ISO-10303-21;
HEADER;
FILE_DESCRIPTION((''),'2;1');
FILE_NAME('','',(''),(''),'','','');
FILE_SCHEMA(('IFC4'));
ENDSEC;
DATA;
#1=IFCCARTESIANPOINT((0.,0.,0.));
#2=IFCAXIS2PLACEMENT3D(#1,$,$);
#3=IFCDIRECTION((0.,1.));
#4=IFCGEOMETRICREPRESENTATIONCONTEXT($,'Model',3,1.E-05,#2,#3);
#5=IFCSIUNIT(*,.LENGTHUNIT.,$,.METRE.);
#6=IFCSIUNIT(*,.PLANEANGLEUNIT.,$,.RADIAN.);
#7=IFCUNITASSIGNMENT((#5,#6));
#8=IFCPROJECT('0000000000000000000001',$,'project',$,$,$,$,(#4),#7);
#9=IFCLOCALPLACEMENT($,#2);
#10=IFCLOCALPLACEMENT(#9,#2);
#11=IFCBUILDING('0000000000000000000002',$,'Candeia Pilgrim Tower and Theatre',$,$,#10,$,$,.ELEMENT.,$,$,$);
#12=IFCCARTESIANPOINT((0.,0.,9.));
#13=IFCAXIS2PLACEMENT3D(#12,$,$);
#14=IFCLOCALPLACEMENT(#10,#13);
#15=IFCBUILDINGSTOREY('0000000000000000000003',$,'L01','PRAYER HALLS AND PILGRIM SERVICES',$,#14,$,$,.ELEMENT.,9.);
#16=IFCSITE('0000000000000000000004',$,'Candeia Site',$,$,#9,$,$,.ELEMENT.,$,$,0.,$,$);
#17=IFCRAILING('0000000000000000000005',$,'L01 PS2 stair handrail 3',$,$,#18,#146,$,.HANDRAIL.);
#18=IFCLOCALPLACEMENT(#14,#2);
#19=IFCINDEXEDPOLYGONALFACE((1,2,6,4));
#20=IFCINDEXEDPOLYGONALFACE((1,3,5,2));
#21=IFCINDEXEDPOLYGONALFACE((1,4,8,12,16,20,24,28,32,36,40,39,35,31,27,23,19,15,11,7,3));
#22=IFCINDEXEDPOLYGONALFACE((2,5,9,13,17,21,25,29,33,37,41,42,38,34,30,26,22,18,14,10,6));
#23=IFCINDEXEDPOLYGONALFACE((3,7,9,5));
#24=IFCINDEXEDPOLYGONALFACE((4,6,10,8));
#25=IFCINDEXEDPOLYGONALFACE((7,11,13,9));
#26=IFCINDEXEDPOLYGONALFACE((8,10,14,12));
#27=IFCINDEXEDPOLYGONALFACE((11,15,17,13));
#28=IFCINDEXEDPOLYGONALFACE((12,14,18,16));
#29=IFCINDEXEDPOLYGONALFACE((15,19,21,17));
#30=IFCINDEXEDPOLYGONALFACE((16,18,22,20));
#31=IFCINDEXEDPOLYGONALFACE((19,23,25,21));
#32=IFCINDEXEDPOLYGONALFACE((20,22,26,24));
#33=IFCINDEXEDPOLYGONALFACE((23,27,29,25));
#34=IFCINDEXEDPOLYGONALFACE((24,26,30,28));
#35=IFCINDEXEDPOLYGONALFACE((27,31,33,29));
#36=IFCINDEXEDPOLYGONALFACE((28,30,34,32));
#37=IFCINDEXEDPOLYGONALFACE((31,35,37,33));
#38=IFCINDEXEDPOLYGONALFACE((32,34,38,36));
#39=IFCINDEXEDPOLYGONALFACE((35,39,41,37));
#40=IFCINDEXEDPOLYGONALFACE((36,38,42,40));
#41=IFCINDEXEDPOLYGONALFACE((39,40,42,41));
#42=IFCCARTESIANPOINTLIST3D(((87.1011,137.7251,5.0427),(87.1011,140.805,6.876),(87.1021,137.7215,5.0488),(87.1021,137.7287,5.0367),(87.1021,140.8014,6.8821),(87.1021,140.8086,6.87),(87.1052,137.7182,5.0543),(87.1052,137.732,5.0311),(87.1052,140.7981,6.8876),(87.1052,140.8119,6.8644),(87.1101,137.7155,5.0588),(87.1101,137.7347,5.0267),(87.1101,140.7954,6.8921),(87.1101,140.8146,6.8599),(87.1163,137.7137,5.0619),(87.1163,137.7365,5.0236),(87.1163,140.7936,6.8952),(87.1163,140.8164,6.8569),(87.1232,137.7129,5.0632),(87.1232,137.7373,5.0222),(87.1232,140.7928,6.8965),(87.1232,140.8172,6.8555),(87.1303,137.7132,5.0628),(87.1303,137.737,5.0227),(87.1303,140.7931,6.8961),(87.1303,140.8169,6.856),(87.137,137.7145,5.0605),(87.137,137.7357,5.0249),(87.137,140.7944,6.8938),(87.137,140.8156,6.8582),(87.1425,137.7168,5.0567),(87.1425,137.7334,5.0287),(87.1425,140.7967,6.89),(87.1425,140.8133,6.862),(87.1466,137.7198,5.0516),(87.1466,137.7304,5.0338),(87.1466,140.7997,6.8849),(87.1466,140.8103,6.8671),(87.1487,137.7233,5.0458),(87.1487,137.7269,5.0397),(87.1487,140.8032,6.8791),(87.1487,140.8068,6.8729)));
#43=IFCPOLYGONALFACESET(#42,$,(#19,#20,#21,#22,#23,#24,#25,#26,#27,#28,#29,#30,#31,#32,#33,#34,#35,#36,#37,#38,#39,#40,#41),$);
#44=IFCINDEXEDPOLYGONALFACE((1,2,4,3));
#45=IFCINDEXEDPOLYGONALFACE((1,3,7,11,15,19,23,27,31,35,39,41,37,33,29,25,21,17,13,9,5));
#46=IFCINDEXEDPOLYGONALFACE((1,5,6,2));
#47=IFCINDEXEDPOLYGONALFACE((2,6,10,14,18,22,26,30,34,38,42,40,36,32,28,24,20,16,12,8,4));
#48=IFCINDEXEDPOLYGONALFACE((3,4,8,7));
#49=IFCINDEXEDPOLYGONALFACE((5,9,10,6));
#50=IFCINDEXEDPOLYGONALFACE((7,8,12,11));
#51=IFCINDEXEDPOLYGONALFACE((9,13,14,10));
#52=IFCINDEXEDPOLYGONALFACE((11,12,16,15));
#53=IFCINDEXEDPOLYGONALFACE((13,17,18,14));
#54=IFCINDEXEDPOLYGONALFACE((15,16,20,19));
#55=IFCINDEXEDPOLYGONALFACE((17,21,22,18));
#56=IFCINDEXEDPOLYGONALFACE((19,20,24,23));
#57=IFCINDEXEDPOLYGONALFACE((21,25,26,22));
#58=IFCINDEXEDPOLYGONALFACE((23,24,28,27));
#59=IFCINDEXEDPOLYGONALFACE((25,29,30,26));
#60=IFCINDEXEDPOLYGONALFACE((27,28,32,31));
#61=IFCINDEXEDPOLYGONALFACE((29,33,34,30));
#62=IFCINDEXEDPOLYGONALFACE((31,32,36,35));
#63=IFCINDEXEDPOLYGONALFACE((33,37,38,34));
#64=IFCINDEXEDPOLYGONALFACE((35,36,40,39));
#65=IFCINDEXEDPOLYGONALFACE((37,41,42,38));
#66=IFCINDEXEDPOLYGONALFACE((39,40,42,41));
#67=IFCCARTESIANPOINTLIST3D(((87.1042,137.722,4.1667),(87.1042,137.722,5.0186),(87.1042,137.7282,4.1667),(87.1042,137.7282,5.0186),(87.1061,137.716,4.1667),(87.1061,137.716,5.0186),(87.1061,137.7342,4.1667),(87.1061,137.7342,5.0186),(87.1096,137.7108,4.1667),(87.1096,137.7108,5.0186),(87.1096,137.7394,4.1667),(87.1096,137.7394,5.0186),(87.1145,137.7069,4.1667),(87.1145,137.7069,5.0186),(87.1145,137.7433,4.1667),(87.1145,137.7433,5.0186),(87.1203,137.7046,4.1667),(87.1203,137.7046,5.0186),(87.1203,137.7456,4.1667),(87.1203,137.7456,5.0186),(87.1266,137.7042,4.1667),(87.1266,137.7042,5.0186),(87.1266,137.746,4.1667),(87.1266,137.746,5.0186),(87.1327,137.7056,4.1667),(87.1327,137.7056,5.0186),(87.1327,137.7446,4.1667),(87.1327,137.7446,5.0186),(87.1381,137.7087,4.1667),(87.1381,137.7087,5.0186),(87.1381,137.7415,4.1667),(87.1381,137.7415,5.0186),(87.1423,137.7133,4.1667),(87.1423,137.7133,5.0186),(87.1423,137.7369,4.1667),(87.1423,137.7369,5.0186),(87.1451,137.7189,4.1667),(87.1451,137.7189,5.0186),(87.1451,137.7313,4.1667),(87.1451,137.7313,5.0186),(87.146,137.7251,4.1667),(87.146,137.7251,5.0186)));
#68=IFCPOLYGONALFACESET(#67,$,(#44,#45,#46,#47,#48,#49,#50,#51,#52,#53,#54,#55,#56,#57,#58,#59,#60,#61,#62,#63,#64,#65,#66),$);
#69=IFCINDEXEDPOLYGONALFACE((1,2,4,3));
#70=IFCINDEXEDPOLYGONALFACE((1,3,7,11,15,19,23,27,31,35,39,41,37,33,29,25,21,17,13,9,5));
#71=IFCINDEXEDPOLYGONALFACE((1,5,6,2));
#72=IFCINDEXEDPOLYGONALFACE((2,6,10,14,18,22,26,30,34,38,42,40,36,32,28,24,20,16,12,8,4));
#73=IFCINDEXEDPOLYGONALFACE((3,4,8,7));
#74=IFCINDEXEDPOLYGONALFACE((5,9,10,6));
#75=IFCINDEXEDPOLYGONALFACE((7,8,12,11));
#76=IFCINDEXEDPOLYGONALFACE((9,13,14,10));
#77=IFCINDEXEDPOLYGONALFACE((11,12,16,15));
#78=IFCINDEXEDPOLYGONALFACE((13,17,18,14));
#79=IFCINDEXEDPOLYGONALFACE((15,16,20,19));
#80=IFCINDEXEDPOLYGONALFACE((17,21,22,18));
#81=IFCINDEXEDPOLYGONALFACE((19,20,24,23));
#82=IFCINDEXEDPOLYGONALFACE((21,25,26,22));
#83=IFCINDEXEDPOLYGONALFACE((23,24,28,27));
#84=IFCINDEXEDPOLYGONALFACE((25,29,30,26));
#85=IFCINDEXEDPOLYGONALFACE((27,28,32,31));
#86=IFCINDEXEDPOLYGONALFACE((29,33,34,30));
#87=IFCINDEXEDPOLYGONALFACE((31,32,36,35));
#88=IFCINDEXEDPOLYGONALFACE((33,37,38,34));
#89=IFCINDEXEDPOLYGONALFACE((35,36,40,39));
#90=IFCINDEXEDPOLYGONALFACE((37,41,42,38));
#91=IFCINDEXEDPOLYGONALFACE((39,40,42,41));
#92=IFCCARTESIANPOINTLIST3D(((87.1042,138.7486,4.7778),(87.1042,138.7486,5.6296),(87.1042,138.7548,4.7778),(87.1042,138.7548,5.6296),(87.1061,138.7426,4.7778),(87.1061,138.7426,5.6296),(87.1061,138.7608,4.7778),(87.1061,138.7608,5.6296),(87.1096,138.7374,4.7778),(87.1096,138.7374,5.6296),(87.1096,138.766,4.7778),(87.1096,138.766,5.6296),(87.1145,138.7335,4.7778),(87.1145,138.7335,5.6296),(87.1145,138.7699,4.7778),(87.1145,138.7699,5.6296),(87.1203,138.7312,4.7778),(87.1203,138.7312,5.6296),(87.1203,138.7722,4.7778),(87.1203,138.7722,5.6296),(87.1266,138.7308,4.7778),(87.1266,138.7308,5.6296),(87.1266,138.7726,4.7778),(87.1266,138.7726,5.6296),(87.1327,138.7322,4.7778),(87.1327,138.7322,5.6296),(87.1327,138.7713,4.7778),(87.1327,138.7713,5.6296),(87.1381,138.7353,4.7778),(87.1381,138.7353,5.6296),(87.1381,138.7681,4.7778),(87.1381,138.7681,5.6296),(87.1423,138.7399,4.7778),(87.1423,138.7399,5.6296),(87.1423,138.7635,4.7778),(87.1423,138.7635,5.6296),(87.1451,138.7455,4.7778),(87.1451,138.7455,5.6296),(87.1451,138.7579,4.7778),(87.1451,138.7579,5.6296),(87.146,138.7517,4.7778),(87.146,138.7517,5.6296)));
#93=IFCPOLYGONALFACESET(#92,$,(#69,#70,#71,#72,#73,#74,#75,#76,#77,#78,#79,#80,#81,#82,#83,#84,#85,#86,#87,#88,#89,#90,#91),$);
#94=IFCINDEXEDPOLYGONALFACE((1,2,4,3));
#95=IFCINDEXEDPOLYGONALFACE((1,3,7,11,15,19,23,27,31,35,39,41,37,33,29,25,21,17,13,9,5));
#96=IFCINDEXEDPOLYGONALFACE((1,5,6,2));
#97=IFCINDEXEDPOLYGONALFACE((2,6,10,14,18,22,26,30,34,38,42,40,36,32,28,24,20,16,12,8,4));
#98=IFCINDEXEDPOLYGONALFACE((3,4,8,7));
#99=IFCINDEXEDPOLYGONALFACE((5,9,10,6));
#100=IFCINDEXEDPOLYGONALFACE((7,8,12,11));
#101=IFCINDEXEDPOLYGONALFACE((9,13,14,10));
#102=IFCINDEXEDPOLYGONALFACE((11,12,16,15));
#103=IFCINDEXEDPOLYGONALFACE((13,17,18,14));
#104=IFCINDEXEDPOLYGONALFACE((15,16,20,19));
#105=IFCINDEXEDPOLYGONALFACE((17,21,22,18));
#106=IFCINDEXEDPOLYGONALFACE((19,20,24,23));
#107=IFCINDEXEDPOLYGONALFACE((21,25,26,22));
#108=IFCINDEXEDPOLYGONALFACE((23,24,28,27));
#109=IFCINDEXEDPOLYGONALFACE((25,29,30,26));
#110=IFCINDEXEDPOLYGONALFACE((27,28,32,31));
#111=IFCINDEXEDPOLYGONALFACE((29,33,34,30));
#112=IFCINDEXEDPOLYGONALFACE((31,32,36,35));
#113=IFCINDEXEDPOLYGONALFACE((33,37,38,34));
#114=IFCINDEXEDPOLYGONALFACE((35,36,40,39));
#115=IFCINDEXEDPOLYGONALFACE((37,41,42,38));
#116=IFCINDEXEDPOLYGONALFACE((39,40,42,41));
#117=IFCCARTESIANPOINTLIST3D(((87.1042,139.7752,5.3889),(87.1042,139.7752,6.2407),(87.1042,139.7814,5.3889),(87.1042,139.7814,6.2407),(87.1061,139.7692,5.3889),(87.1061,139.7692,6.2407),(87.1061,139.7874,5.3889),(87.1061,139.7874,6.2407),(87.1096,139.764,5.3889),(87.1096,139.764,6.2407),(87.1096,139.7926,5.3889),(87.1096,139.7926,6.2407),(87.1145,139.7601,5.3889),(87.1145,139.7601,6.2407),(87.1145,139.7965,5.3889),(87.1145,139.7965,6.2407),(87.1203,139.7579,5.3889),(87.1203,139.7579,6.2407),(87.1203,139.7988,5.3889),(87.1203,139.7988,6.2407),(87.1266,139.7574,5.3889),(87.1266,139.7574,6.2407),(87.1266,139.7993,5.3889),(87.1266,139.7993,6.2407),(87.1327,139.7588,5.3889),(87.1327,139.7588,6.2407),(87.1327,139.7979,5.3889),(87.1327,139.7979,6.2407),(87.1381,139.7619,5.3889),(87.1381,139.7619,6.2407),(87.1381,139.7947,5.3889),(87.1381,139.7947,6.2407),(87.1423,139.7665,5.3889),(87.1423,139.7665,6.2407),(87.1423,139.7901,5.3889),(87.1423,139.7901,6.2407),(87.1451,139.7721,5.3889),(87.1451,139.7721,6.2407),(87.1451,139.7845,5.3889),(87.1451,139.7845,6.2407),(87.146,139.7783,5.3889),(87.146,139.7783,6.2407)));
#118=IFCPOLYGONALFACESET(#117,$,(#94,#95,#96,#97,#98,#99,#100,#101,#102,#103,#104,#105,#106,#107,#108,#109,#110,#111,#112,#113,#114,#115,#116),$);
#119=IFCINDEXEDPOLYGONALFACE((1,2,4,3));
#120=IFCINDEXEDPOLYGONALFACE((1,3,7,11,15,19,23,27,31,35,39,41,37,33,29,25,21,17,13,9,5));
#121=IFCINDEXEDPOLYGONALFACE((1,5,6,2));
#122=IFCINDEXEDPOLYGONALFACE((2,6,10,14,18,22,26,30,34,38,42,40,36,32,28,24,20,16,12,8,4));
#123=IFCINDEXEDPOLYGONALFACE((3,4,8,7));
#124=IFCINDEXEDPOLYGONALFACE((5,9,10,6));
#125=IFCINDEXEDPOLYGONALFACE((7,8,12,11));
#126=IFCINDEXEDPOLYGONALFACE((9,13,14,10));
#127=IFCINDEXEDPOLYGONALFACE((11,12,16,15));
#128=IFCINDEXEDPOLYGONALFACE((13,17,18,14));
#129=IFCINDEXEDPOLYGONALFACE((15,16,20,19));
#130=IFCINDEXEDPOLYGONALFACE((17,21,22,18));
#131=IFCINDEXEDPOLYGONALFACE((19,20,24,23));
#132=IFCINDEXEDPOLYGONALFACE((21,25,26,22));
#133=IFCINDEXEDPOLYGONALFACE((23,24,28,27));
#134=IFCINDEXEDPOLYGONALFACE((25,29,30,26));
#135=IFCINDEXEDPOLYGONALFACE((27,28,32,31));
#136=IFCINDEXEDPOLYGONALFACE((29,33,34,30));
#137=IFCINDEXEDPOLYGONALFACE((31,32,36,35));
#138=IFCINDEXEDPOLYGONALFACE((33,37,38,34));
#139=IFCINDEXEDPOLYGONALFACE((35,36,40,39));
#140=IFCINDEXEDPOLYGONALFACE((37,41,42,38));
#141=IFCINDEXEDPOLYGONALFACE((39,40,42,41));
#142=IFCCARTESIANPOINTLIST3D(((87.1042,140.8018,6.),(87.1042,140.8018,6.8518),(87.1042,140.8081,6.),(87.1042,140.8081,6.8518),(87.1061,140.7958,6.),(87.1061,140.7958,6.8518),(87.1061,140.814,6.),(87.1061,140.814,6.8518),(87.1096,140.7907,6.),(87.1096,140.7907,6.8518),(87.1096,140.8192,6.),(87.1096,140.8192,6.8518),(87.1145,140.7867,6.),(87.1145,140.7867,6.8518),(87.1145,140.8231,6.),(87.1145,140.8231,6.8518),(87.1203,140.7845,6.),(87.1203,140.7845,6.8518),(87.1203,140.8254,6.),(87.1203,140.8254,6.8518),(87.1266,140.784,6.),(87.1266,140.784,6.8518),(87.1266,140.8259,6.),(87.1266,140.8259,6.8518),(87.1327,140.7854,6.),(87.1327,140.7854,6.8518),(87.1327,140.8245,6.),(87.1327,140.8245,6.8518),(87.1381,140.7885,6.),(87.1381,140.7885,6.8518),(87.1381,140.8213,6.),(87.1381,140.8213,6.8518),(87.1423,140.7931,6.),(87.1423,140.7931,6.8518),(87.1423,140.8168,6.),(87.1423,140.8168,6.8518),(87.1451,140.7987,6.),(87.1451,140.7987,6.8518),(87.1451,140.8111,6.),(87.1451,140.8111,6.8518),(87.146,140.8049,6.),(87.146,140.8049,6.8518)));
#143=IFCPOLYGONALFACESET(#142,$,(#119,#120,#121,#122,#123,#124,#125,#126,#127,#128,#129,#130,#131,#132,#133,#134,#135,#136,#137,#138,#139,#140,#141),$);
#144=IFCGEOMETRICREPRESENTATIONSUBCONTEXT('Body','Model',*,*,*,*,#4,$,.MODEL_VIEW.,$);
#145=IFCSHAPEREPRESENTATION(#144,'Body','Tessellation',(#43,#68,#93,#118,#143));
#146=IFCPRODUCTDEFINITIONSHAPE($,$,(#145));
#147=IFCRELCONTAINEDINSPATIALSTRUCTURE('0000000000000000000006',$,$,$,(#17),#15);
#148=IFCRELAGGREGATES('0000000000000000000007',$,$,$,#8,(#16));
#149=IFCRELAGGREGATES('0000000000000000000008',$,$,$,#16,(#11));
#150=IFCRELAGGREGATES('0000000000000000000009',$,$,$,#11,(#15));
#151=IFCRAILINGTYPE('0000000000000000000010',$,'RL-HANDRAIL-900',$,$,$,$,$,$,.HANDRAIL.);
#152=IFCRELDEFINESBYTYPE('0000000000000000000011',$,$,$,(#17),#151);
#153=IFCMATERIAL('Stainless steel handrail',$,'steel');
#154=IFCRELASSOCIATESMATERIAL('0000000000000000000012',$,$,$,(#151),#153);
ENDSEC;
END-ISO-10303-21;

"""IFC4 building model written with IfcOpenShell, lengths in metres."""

from ifc_helpers import new_model, si_unit, direction, frame, origin, origin_2d, place, context, subcontext, project, spatial, circle, extrude, material, type_object, element, save


model = new_model("IFC4")

# Units and contexts
model_context = context("Model", 3, precision=1e-05, world=origin(), true_north=direction((0.0, 1.0)))
body_context = subcontext(model_context, "Body", "Model", "MODEL_VIEW")
ifc_project = project(units=[si_unit("LENGTHUNIT", "METRE"), si_unit("PLANEANGLEUNIT", "RADIAN")], contexts=[model_context])

# Site, building, storey
site_placement = place(None, origin())
site = spatial("IfcSite", under=ifc_project, at=site_placement, Name="Candeia Site", CompositionType="ELEMENT", RefElevation=0.0)
building_placement = place(site_placement, origin())
building = spatial("IfcBuilding", under=site, at=building_placement, Name="Candeia Pilgrim Tower and Theatre", CompositionType="ELEMENT")
storey_placement = place(building_placement, frame((0.0, 0.0, 9.0)))
storey = spatial("IfcBuildingStorey", under=building, at=storey_placement, Name="L01", Description="PRAYER HALLS AND PILGRIM SERVICES", CompositionType="ELEMENT", Elevation=9.0)

# Railing
ifc_material_1 = material(Name="Stainless steel handrail", Category="steel")
railing_type_1 = type_object("IfcRailingType", Name="RL-HANDRAIL-900", PredefinedType="HANDRAIL", material=ifc_material_1)
railing_1_placement = place(storey_placement, frame((87.125, 137.7251, 4.1667)))
element("IfcRailing", 1, at=railing_1_placement, inside=storey, type_object=railing_type_1, Name="L01 PS2 stair handrail 3", PredefinedType="HANDRAIL", context=body_context, shape_type="SweptSolid", body=[
    extrude(circle(Radius=0.0239, at=origin_2d()), frame((0.0, 0.0, 0.876), z_axis=(0.0, 0.859291, 0.511487), x_axis=(-1.0, 0.0, 0.0)), (0.0, 0.0, 1.0), 3.5842),
    extrude(circle(Radius=0.021, at=origin_2d()), origin(), (0.0, 0.0, 1.0), 0.8518),
    extrude(circle(Radius=0.021, at=origin_2d()), frame((0.0, 1.0266, 0.6111)), (0.0, 0.0, 1.0), 0.8518),
    extrude(circle(Radius=0.021, at=origin_2d()), frame((0.0, 2.0532, 1.2222)), (0.0, 0.0, 1.0), 0.8518),
    extrude(circle(Radius=0.021, at=origin_2d()), frame((0.0, 3.0798, 1.8333)), (0.0, 0.0, 1.0), 0.8518),
])

save(model, "model.ifc")
